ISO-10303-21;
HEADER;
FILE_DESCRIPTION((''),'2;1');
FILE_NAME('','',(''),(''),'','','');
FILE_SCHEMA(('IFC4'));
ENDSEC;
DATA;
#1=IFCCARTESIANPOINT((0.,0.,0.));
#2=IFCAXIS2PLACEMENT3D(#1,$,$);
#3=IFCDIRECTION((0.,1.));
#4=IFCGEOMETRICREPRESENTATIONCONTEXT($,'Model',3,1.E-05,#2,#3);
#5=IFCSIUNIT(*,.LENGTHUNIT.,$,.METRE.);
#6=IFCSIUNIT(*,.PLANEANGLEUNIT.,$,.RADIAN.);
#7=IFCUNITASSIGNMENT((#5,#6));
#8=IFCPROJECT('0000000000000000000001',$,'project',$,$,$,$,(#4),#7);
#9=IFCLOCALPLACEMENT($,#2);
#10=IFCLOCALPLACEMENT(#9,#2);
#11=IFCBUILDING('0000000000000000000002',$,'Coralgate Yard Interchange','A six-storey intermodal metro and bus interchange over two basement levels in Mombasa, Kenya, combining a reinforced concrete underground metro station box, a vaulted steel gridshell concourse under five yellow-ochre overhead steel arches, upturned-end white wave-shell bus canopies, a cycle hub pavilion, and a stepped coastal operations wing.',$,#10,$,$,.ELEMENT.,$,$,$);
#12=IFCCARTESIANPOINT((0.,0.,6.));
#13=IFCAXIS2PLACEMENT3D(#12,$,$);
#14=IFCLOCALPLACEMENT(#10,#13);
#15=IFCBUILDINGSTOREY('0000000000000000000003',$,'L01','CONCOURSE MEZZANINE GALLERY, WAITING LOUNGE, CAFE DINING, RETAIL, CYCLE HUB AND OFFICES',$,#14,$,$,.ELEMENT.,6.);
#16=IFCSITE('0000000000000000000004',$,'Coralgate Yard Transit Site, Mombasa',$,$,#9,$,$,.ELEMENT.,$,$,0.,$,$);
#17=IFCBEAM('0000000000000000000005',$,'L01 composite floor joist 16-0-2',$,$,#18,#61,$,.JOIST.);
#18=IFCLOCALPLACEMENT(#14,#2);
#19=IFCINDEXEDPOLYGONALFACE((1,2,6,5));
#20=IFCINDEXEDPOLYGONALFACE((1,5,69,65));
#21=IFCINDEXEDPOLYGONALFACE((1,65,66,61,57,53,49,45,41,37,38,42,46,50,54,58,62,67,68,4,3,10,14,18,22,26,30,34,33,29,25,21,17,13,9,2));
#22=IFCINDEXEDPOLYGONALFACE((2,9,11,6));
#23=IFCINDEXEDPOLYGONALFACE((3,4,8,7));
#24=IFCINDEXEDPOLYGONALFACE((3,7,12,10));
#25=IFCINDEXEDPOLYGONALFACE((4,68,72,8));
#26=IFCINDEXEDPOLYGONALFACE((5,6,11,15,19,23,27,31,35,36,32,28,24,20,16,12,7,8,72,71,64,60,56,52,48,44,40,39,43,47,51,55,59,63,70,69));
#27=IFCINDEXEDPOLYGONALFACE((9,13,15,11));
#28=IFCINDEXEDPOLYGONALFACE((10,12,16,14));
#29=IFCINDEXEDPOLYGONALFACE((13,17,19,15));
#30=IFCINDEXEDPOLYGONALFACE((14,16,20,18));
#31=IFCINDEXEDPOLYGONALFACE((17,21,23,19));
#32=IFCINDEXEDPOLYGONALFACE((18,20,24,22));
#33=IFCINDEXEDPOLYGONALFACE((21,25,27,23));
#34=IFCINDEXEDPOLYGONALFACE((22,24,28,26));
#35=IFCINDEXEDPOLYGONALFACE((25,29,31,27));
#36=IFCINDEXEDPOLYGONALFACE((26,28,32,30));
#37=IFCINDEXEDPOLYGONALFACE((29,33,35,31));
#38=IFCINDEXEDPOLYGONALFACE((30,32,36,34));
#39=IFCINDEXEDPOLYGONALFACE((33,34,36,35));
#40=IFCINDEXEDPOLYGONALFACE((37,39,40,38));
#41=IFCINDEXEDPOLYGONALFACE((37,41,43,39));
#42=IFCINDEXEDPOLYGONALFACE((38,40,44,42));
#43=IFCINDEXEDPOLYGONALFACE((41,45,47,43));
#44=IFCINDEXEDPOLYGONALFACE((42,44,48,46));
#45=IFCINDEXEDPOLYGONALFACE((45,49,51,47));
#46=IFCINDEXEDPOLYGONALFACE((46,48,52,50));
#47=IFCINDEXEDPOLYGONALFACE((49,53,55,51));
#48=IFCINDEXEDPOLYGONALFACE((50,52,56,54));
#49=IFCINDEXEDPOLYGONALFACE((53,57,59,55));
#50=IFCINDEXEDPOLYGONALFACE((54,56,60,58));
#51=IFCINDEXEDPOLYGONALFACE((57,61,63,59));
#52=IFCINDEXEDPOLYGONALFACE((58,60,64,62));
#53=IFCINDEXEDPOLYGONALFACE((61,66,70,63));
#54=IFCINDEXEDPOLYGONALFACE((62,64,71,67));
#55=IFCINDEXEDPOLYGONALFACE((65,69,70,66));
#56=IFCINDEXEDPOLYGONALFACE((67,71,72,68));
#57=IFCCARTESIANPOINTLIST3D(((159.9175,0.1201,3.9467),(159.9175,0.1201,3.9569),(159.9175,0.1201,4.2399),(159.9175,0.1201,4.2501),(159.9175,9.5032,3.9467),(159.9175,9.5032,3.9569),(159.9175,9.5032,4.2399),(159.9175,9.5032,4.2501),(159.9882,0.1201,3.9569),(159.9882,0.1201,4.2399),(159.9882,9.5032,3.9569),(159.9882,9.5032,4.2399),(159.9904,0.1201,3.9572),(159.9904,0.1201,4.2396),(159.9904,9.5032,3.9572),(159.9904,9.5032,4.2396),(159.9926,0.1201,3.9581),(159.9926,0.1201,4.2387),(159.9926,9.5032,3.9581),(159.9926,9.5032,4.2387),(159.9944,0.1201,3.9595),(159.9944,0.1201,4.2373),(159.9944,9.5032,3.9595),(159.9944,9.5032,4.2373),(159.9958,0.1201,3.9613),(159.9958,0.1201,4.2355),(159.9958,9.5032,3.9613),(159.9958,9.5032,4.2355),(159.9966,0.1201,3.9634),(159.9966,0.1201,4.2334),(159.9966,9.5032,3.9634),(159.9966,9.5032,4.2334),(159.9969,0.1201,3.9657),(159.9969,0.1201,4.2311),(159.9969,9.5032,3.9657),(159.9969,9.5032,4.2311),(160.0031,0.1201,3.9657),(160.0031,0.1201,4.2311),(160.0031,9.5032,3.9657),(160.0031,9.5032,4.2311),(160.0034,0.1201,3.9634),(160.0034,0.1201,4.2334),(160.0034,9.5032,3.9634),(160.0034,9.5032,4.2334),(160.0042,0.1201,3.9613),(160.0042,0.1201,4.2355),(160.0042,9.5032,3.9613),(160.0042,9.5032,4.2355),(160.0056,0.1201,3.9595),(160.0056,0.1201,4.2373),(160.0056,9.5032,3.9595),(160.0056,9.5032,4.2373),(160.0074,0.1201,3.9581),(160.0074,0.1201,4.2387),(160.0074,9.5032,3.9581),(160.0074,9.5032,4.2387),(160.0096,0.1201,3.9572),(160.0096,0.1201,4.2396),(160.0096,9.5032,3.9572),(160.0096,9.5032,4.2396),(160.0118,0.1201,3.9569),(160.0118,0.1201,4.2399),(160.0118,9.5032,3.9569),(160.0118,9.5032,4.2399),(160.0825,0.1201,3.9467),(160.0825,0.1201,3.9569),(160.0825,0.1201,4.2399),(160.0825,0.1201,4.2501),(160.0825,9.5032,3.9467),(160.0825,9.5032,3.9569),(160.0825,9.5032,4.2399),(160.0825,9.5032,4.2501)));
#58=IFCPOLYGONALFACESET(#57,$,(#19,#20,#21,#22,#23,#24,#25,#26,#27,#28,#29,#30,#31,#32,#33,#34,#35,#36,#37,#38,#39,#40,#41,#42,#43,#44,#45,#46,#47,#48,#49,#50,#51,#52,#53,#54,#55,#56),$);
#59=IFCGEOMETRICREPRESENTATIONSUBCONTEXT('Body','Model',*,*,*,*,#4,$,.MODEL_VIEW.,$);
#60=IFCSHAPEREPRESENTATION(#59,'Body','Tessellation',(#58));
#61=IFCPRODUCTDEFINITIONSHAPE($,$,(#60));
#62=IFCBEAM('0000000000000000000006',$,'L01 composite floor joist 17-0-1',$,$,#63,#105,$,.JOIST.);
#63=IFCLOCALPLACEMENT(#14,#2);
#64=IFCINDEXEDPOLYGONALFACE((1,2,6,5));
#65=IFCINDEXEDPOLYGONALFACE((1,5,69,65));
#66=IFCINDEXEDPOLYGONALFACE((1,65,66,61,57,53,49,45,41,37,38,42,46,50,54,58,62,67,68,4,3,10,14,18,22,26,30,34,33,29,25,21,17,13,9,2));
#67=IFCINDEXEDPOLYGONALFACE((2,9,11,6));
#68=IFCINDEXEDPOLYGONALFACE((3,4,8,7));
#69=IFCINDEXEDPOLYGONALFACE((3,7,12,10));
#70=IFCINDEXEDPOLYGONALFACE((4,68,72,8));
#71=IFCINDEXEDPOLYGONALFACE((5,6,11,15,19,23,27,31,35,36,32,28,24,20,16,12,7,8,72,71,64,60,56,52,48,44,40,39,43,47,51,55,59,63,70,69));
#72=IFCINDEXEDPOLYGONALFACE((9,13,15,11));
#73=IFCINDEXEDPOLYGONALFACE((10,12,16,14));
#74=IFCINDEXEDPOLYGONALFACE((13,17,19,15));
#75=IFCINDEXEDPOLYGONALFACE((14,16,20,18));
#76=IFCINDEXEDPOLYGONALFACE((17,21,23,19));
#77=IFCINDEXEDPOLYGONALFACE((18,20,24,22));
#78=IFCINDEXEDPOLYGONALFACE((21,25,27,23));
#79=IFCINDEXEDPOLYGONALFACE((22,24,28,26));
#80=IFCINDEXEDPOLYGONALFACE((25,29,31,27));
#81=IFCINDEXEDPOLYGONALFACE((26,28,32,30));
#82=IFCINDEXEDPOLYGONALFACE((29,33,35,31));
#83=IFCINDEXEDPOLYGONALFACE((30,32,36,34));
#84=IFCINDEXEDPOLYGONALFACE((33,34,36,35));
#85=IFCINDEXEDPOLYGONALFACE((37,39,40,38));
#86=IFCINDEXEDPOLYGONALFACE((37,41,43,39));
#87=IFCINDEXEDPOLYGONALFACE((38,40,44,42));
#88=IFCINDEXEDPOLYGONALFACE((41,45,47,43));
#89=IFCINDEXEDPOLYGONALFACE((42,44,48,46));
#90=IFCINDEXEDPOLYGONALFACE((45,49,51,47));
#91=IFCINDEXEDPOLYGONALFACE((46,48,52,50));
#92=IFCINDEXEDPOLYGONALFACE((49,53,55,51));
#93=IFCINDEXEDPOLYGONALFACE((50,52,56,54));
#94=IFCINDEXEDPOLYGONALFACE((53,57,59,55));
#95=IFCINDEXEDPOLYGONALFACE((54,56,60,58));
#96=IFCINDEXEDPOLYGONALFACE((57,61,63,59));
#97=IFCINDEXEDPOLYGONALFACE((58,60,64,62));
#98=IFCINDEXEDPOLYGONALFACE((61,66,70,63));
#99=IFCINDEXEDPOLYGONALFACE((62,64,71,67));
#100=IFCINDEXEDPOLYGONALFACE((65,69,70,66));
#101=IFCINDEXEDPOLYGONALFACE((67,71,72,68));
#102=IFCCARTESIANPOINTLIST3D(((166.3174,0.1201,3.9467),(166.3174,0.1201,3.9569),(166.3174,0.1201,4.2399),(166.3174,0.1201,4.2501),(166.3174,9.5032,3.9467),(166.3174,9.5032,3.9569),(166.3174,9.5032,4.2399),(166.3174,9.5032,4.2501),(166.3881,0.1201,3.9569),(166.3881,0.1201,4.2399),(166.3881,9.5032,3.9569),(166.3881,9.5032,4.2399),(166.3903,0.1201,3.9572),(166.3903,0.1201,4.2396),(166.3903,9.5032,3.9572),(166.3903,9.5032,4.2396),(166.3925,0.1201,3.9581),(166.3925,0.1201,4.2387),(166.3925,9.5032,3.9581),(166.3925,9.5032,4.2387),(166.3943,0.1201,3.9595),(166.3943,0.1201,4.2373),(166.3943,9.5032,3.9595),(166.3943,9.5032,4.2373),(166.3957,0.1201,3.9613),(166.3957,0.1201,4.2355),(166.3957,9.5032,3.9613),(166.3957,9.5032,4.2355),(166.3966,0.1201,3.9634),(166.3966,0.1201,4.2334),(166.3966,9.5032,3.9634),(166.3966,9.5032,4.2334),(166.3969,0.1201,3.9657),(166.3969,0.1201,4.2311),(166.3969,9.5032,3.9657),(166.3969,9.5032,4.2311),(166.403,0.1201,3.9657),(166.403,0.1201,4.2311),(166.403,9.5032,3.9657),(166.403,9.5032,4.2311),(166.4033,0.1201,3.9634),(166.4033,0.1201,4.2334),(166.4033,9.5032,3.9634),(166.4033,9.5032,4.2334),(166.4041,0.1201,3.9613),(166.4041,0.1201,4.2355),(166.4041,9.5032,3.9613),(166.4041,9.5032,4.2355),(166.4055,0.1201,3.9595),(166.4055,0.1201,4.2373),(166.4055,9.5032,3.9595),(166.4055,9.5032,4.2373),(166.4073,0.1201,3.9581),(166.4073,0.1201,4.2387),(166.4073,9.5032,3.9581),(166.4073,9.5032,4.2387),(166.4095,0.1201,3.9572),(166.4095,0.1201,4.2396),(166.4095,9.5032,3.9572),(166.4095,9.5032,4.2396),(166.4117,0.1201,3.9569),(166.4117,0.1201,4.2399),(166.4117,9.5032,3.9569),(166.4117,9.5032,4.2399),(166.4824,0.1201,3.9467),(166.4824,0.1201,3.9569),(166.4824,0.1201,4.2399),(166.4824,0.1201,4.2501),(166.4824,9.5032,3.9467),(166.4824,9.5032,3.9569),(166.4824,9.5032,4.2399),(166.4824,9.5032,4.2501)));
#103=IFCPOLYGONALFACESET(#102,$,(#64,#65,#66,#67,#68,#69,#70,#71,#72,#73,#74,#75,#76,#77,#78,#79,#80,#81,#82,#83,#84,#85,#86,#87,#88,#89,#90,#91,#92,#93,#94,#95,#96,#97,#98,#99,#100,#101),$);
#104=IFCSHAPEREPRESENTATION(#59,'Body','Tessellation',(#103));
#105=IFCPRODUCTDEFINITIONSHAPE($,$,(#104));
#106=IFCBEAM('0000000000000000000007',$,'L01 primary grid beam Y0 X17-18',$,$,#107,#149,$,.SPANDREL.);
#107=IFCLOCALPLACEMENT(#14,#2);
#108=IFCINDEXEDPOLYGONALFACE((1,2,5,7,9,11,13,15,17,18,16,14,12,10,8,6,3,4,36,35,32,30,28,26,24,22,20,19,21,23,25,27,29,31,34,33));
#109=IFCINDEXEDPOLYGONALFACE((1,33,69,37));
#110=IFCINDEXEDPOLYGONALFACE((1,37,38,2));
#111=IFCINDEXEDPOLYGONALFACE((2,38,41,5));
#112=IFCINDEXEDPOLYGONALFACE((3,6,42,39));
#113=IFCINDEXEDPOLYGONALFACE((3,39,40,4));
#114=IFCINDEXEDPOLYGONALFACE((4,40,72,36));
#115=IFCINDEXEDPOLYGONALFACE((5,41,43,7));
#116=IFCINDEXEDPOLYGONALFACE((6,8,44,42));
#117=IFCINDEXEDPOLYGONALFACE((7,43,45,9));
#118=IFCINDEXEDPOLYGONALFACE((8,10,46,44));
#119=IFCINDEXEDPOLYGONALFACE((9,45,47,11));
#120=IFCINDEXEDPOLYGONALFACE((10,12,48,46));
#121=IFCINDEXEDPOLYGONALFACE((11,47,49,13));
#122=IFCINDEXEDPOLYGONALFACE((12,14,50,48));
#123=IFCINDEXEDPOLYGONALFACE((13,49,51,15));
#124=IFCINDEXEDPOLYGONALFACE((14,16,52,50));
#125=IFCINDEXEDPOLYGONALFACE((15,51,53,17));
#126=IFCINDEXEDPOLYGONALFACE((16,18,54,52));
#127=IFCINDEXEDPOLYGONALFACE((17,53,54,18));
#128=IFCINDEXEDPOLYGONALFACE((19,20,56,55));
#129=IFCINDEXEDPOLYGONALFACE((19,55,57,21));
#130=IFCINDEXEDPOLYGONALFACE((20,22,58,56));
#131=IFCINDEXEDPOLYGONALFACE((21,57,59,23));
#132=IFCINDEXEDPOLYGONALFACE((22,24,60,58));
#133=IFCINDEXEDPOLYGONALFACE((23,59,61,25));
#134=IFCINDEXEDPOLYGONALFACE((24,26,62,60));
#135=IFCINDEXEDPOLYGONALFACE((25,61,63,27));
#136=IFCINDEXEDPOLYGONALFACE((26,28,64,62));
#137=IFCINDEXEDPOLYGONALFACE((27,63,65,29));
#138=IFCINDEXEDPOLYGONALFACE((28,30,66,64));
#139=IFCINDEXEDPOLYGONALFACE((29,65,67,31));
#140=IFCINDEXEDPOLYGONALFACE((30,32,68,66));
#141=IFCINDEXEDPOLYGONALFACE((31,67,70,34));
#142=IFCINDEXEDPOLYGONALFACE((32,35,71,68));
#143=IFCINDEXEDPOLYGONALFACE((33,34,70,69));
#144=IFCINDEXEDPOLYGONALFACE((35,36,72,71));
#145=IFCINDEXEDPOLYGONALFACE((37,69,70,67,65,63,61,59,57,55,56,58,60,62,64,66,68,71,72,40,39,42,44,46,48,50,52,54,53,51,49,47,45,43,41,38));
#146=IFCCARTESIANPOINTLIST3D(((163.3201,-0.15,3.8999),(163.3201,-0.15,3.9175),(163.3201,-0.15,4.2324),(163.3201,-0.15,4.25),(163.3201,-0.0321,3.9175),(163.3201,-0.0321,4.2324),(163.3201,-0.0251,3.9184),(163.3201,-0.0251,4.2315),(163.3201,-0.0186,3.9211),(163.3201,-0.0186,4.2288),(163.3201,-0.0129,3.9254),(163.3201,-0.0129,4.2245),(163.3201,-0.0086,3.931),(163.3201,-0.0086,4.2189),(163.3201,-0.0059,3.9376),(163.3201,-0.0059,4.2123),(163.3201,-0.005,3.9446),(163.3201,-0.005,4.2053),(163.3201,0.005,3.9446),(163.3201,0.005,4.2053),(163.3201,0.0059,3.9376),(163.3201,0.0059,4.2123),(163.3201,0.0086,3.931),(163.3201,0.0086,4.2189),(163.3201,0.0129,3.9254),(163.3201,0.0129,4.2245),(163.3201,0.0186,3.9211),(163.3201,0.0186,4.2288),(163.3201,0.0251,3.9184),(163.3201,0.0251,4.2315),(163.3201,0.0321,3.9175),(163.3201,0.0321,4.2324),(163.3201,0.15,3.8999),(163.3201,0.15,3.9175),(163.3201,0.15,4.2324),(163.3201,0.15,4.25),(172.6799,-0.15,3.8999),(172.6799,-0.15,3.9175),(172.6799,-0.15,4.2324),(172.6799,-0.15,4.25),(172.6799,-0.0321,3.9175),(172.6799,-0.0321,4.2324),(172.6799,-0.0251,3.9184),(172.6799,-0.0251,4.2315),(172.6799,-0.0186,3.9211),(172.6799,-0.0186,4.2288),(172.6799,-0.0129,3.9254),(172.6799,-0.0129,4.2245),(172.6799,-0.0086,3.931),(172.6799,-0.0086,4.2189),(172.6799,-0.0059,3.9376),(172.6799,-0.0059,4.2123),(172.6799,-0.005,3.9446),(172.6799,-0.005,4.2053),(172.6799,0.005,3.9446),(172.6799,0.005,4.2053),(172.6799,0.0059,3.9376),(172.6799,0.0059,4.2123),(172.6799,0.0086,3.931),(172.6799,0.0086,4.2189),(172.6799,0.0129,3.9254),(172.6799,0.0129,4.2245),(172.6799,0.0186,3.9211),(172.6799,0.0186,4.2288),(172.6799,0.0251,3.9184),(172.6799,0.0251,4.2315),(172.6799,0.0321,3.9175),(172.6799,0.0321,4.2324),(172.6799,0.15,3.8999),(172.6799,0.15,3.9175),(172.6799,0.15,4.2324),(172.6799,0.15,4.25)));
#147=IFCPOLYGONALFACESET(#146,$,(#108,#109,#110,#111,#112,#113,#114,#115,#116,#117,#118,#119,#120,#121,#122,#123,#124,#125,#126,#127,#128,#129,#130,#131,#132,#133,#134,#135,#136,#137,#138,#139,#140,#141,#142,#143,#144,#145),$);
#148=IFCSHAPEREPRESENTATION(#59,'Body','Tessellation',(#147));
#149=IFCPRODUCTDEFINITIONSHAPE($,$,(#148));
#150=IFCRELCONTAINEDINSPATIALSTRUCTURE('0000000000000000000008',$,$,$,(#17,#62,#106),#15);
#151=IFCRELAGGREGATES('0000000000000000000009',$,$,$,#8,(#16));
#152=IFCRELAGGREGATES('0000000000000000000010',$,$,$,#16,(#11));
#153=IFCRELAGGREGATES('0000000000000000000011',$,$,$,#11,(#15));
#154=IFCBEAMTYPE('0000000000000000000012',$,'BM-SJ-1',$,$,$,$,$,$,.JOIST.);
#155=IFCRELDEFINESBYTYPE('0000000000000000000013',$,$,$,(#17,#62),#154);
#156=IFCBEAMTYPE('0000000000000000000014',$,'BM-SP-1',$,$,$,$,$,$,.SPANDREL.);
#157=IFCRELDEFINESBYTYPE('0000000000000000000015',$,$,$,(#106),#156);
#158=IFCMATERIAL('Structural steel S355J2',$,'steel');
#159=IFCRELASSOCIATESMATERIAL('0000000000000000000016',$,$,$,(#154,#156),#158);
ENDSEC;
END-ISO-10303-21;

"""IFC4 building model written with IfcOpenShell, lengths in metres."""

from ifc_helpers import new_model, si_unit, direction, frame, origin, origin_2d, place, context, subcontext, project, spatial, i_section, extrude, material, material_profile, profile_set, type_object, element, save


model = new_model("IFC4")

# Units and contexts
model_context = context("Model", 3, precision=1e-05, world=origin(), true_north=direction((0.0, 1.0)))
body_context = subcontext(model_context, "Body", "Model", "MODEL_VIEW")
ifc_project = project(units=[si_unit("LENGTHUNIT", "METRE"), si_unit("PLANEANGLEUNIT", "RADIAN")], contexts=[model_context])

# Site, building, storey
site_placement = place(None, origin())
site = spatial("IfcSite", under=ifc_project, at=site_placement, Name="Coralgate Yard Transit Site, Mombasa", CompositionType="ELEMENT", RefElevation=0.0)
building_placement = place(site_placement, origin())
building = spatial("IfcBuilding", under=site, at=building_placement, Name="Coralgate Yard Interchange", Description="A six-storey intermodal metro and bus interchange over two basement levels in Mombasa, Kenya, combining a reinforced concrete underground metro station box, a vaulted steel gridshell concourse under five yellow-ochre overhead steel arches, upturned-end white wave-shell bus canopies, a cycle hub pavilion, and a stepped coastal operations wing.", CompositionType="ELEMENT")
storey_placement = place(building_placement, frame((0.0, 0.0, 6.0)))
storey = spatial("IfcBuildingStorey", under=building, at=storey_placement, Name="L01", Description="CONCOURSE MEZZANINE GALLERY, WAITING LOUNGE, CAFE DINING, RETAIL, CYCLE HUB AND OFFICES", CompositionType="ELEMENT", Elevation=6.0)

# Shared definitions
ifc_material_1 = material(Name="Structural steel S355J2", Category="steel")

# Beams
ifc_material_profile_1 = material_profile(ifc_material_1, i_section(OverallWidth=0.165, OverallDepth=0.3035, WebThickness=0.0061, FlangeThickness=0.0103, FilletRadius=0.0088, at=origin_2d()), Name="UB 305x165x40")
ifc_profile_set_1 = profile_set([ifc_material_profile_1], Name="Structural steel S355J2")
beam_type_1 = type_object("IfcBeamType", Name="BM-SJ-1", PredefinedType="JOIST", material=ifc_profile_set_1)
for number, where, z_axis, x_axis, name in (
    (1, (160.0, 0.1201, 4.0984), (0.0, 1.0, 0.0), (-1.0, 0.0, 0.0), "L01 composite floor joist 16-0-2"),
    (2, (166.3999, 0.1201, 4.0984), (0.0, 1.0, 0.0), (-1.0, 0.0, 0.0), "L01 composite floor joist 17-0-1"),
):
    element("IfcBeam", number, at=place(storey_placement, frame(where, z_axis=z_axis, x_axis=x_axis)), inside=storey, type_object=beam_type_1, Name=name, PredefinedType="JOIST", context=body_context, shape_type="SweptSolid", body=[
        extrude(i_section(OverallWidth=0.165, OverallDepth=0.3035, WebThickness=0.0061, FlangeThickness=0.0103, FilletRadius=0.0088, at=origin_2d()), origin(), (0.0, 0.0, 1.0), 9.3831),
    ])
ifc_material_profile_2 = material_profile(ifc_material_1, i_section(OverallWidth=0.3, OverallDepth=0.3501, WebThickness=0.01, FlangeThickness=0.0176, FilletRadius=0.0271, at=origin_2d()), Name="HEA 360")
ifc_profile_set_2 = profile_set([ifc_material_profile_2], Name="Structural steel S355J2")
beam_type_2 = type_object("IfcBeamType", Name="BM-SP-1", PredefinedType="SPANDREL", material=ifc_profile_set_2)
beam_1_placement = place(storey_placement, frame((163.3201, 0.0, 4.075), z_axis=(1.0, 0.0, 0.0), x_axis=(0.0, 1.0, 0.0)))
element("IfcBeam", 3, at=beam_1_placement, inside=storey, type_object=beam_type_2, Name="L01 primary grid beam Y0 X17-18", PredefinedType="SPANDREL", context=body_context, shape_type="SweptSolid", body=[
    extrude(i_section(OverallWidth=0.3, OverallDepth=0.3501, WebThickness=0.01, FlangeThickness=0.0176, FilletRadius=0.0271, at=origin_2d()), origin(), (0.0, 0.0, 1.0), 9.3599),
])

save(model, "model.ifc")
